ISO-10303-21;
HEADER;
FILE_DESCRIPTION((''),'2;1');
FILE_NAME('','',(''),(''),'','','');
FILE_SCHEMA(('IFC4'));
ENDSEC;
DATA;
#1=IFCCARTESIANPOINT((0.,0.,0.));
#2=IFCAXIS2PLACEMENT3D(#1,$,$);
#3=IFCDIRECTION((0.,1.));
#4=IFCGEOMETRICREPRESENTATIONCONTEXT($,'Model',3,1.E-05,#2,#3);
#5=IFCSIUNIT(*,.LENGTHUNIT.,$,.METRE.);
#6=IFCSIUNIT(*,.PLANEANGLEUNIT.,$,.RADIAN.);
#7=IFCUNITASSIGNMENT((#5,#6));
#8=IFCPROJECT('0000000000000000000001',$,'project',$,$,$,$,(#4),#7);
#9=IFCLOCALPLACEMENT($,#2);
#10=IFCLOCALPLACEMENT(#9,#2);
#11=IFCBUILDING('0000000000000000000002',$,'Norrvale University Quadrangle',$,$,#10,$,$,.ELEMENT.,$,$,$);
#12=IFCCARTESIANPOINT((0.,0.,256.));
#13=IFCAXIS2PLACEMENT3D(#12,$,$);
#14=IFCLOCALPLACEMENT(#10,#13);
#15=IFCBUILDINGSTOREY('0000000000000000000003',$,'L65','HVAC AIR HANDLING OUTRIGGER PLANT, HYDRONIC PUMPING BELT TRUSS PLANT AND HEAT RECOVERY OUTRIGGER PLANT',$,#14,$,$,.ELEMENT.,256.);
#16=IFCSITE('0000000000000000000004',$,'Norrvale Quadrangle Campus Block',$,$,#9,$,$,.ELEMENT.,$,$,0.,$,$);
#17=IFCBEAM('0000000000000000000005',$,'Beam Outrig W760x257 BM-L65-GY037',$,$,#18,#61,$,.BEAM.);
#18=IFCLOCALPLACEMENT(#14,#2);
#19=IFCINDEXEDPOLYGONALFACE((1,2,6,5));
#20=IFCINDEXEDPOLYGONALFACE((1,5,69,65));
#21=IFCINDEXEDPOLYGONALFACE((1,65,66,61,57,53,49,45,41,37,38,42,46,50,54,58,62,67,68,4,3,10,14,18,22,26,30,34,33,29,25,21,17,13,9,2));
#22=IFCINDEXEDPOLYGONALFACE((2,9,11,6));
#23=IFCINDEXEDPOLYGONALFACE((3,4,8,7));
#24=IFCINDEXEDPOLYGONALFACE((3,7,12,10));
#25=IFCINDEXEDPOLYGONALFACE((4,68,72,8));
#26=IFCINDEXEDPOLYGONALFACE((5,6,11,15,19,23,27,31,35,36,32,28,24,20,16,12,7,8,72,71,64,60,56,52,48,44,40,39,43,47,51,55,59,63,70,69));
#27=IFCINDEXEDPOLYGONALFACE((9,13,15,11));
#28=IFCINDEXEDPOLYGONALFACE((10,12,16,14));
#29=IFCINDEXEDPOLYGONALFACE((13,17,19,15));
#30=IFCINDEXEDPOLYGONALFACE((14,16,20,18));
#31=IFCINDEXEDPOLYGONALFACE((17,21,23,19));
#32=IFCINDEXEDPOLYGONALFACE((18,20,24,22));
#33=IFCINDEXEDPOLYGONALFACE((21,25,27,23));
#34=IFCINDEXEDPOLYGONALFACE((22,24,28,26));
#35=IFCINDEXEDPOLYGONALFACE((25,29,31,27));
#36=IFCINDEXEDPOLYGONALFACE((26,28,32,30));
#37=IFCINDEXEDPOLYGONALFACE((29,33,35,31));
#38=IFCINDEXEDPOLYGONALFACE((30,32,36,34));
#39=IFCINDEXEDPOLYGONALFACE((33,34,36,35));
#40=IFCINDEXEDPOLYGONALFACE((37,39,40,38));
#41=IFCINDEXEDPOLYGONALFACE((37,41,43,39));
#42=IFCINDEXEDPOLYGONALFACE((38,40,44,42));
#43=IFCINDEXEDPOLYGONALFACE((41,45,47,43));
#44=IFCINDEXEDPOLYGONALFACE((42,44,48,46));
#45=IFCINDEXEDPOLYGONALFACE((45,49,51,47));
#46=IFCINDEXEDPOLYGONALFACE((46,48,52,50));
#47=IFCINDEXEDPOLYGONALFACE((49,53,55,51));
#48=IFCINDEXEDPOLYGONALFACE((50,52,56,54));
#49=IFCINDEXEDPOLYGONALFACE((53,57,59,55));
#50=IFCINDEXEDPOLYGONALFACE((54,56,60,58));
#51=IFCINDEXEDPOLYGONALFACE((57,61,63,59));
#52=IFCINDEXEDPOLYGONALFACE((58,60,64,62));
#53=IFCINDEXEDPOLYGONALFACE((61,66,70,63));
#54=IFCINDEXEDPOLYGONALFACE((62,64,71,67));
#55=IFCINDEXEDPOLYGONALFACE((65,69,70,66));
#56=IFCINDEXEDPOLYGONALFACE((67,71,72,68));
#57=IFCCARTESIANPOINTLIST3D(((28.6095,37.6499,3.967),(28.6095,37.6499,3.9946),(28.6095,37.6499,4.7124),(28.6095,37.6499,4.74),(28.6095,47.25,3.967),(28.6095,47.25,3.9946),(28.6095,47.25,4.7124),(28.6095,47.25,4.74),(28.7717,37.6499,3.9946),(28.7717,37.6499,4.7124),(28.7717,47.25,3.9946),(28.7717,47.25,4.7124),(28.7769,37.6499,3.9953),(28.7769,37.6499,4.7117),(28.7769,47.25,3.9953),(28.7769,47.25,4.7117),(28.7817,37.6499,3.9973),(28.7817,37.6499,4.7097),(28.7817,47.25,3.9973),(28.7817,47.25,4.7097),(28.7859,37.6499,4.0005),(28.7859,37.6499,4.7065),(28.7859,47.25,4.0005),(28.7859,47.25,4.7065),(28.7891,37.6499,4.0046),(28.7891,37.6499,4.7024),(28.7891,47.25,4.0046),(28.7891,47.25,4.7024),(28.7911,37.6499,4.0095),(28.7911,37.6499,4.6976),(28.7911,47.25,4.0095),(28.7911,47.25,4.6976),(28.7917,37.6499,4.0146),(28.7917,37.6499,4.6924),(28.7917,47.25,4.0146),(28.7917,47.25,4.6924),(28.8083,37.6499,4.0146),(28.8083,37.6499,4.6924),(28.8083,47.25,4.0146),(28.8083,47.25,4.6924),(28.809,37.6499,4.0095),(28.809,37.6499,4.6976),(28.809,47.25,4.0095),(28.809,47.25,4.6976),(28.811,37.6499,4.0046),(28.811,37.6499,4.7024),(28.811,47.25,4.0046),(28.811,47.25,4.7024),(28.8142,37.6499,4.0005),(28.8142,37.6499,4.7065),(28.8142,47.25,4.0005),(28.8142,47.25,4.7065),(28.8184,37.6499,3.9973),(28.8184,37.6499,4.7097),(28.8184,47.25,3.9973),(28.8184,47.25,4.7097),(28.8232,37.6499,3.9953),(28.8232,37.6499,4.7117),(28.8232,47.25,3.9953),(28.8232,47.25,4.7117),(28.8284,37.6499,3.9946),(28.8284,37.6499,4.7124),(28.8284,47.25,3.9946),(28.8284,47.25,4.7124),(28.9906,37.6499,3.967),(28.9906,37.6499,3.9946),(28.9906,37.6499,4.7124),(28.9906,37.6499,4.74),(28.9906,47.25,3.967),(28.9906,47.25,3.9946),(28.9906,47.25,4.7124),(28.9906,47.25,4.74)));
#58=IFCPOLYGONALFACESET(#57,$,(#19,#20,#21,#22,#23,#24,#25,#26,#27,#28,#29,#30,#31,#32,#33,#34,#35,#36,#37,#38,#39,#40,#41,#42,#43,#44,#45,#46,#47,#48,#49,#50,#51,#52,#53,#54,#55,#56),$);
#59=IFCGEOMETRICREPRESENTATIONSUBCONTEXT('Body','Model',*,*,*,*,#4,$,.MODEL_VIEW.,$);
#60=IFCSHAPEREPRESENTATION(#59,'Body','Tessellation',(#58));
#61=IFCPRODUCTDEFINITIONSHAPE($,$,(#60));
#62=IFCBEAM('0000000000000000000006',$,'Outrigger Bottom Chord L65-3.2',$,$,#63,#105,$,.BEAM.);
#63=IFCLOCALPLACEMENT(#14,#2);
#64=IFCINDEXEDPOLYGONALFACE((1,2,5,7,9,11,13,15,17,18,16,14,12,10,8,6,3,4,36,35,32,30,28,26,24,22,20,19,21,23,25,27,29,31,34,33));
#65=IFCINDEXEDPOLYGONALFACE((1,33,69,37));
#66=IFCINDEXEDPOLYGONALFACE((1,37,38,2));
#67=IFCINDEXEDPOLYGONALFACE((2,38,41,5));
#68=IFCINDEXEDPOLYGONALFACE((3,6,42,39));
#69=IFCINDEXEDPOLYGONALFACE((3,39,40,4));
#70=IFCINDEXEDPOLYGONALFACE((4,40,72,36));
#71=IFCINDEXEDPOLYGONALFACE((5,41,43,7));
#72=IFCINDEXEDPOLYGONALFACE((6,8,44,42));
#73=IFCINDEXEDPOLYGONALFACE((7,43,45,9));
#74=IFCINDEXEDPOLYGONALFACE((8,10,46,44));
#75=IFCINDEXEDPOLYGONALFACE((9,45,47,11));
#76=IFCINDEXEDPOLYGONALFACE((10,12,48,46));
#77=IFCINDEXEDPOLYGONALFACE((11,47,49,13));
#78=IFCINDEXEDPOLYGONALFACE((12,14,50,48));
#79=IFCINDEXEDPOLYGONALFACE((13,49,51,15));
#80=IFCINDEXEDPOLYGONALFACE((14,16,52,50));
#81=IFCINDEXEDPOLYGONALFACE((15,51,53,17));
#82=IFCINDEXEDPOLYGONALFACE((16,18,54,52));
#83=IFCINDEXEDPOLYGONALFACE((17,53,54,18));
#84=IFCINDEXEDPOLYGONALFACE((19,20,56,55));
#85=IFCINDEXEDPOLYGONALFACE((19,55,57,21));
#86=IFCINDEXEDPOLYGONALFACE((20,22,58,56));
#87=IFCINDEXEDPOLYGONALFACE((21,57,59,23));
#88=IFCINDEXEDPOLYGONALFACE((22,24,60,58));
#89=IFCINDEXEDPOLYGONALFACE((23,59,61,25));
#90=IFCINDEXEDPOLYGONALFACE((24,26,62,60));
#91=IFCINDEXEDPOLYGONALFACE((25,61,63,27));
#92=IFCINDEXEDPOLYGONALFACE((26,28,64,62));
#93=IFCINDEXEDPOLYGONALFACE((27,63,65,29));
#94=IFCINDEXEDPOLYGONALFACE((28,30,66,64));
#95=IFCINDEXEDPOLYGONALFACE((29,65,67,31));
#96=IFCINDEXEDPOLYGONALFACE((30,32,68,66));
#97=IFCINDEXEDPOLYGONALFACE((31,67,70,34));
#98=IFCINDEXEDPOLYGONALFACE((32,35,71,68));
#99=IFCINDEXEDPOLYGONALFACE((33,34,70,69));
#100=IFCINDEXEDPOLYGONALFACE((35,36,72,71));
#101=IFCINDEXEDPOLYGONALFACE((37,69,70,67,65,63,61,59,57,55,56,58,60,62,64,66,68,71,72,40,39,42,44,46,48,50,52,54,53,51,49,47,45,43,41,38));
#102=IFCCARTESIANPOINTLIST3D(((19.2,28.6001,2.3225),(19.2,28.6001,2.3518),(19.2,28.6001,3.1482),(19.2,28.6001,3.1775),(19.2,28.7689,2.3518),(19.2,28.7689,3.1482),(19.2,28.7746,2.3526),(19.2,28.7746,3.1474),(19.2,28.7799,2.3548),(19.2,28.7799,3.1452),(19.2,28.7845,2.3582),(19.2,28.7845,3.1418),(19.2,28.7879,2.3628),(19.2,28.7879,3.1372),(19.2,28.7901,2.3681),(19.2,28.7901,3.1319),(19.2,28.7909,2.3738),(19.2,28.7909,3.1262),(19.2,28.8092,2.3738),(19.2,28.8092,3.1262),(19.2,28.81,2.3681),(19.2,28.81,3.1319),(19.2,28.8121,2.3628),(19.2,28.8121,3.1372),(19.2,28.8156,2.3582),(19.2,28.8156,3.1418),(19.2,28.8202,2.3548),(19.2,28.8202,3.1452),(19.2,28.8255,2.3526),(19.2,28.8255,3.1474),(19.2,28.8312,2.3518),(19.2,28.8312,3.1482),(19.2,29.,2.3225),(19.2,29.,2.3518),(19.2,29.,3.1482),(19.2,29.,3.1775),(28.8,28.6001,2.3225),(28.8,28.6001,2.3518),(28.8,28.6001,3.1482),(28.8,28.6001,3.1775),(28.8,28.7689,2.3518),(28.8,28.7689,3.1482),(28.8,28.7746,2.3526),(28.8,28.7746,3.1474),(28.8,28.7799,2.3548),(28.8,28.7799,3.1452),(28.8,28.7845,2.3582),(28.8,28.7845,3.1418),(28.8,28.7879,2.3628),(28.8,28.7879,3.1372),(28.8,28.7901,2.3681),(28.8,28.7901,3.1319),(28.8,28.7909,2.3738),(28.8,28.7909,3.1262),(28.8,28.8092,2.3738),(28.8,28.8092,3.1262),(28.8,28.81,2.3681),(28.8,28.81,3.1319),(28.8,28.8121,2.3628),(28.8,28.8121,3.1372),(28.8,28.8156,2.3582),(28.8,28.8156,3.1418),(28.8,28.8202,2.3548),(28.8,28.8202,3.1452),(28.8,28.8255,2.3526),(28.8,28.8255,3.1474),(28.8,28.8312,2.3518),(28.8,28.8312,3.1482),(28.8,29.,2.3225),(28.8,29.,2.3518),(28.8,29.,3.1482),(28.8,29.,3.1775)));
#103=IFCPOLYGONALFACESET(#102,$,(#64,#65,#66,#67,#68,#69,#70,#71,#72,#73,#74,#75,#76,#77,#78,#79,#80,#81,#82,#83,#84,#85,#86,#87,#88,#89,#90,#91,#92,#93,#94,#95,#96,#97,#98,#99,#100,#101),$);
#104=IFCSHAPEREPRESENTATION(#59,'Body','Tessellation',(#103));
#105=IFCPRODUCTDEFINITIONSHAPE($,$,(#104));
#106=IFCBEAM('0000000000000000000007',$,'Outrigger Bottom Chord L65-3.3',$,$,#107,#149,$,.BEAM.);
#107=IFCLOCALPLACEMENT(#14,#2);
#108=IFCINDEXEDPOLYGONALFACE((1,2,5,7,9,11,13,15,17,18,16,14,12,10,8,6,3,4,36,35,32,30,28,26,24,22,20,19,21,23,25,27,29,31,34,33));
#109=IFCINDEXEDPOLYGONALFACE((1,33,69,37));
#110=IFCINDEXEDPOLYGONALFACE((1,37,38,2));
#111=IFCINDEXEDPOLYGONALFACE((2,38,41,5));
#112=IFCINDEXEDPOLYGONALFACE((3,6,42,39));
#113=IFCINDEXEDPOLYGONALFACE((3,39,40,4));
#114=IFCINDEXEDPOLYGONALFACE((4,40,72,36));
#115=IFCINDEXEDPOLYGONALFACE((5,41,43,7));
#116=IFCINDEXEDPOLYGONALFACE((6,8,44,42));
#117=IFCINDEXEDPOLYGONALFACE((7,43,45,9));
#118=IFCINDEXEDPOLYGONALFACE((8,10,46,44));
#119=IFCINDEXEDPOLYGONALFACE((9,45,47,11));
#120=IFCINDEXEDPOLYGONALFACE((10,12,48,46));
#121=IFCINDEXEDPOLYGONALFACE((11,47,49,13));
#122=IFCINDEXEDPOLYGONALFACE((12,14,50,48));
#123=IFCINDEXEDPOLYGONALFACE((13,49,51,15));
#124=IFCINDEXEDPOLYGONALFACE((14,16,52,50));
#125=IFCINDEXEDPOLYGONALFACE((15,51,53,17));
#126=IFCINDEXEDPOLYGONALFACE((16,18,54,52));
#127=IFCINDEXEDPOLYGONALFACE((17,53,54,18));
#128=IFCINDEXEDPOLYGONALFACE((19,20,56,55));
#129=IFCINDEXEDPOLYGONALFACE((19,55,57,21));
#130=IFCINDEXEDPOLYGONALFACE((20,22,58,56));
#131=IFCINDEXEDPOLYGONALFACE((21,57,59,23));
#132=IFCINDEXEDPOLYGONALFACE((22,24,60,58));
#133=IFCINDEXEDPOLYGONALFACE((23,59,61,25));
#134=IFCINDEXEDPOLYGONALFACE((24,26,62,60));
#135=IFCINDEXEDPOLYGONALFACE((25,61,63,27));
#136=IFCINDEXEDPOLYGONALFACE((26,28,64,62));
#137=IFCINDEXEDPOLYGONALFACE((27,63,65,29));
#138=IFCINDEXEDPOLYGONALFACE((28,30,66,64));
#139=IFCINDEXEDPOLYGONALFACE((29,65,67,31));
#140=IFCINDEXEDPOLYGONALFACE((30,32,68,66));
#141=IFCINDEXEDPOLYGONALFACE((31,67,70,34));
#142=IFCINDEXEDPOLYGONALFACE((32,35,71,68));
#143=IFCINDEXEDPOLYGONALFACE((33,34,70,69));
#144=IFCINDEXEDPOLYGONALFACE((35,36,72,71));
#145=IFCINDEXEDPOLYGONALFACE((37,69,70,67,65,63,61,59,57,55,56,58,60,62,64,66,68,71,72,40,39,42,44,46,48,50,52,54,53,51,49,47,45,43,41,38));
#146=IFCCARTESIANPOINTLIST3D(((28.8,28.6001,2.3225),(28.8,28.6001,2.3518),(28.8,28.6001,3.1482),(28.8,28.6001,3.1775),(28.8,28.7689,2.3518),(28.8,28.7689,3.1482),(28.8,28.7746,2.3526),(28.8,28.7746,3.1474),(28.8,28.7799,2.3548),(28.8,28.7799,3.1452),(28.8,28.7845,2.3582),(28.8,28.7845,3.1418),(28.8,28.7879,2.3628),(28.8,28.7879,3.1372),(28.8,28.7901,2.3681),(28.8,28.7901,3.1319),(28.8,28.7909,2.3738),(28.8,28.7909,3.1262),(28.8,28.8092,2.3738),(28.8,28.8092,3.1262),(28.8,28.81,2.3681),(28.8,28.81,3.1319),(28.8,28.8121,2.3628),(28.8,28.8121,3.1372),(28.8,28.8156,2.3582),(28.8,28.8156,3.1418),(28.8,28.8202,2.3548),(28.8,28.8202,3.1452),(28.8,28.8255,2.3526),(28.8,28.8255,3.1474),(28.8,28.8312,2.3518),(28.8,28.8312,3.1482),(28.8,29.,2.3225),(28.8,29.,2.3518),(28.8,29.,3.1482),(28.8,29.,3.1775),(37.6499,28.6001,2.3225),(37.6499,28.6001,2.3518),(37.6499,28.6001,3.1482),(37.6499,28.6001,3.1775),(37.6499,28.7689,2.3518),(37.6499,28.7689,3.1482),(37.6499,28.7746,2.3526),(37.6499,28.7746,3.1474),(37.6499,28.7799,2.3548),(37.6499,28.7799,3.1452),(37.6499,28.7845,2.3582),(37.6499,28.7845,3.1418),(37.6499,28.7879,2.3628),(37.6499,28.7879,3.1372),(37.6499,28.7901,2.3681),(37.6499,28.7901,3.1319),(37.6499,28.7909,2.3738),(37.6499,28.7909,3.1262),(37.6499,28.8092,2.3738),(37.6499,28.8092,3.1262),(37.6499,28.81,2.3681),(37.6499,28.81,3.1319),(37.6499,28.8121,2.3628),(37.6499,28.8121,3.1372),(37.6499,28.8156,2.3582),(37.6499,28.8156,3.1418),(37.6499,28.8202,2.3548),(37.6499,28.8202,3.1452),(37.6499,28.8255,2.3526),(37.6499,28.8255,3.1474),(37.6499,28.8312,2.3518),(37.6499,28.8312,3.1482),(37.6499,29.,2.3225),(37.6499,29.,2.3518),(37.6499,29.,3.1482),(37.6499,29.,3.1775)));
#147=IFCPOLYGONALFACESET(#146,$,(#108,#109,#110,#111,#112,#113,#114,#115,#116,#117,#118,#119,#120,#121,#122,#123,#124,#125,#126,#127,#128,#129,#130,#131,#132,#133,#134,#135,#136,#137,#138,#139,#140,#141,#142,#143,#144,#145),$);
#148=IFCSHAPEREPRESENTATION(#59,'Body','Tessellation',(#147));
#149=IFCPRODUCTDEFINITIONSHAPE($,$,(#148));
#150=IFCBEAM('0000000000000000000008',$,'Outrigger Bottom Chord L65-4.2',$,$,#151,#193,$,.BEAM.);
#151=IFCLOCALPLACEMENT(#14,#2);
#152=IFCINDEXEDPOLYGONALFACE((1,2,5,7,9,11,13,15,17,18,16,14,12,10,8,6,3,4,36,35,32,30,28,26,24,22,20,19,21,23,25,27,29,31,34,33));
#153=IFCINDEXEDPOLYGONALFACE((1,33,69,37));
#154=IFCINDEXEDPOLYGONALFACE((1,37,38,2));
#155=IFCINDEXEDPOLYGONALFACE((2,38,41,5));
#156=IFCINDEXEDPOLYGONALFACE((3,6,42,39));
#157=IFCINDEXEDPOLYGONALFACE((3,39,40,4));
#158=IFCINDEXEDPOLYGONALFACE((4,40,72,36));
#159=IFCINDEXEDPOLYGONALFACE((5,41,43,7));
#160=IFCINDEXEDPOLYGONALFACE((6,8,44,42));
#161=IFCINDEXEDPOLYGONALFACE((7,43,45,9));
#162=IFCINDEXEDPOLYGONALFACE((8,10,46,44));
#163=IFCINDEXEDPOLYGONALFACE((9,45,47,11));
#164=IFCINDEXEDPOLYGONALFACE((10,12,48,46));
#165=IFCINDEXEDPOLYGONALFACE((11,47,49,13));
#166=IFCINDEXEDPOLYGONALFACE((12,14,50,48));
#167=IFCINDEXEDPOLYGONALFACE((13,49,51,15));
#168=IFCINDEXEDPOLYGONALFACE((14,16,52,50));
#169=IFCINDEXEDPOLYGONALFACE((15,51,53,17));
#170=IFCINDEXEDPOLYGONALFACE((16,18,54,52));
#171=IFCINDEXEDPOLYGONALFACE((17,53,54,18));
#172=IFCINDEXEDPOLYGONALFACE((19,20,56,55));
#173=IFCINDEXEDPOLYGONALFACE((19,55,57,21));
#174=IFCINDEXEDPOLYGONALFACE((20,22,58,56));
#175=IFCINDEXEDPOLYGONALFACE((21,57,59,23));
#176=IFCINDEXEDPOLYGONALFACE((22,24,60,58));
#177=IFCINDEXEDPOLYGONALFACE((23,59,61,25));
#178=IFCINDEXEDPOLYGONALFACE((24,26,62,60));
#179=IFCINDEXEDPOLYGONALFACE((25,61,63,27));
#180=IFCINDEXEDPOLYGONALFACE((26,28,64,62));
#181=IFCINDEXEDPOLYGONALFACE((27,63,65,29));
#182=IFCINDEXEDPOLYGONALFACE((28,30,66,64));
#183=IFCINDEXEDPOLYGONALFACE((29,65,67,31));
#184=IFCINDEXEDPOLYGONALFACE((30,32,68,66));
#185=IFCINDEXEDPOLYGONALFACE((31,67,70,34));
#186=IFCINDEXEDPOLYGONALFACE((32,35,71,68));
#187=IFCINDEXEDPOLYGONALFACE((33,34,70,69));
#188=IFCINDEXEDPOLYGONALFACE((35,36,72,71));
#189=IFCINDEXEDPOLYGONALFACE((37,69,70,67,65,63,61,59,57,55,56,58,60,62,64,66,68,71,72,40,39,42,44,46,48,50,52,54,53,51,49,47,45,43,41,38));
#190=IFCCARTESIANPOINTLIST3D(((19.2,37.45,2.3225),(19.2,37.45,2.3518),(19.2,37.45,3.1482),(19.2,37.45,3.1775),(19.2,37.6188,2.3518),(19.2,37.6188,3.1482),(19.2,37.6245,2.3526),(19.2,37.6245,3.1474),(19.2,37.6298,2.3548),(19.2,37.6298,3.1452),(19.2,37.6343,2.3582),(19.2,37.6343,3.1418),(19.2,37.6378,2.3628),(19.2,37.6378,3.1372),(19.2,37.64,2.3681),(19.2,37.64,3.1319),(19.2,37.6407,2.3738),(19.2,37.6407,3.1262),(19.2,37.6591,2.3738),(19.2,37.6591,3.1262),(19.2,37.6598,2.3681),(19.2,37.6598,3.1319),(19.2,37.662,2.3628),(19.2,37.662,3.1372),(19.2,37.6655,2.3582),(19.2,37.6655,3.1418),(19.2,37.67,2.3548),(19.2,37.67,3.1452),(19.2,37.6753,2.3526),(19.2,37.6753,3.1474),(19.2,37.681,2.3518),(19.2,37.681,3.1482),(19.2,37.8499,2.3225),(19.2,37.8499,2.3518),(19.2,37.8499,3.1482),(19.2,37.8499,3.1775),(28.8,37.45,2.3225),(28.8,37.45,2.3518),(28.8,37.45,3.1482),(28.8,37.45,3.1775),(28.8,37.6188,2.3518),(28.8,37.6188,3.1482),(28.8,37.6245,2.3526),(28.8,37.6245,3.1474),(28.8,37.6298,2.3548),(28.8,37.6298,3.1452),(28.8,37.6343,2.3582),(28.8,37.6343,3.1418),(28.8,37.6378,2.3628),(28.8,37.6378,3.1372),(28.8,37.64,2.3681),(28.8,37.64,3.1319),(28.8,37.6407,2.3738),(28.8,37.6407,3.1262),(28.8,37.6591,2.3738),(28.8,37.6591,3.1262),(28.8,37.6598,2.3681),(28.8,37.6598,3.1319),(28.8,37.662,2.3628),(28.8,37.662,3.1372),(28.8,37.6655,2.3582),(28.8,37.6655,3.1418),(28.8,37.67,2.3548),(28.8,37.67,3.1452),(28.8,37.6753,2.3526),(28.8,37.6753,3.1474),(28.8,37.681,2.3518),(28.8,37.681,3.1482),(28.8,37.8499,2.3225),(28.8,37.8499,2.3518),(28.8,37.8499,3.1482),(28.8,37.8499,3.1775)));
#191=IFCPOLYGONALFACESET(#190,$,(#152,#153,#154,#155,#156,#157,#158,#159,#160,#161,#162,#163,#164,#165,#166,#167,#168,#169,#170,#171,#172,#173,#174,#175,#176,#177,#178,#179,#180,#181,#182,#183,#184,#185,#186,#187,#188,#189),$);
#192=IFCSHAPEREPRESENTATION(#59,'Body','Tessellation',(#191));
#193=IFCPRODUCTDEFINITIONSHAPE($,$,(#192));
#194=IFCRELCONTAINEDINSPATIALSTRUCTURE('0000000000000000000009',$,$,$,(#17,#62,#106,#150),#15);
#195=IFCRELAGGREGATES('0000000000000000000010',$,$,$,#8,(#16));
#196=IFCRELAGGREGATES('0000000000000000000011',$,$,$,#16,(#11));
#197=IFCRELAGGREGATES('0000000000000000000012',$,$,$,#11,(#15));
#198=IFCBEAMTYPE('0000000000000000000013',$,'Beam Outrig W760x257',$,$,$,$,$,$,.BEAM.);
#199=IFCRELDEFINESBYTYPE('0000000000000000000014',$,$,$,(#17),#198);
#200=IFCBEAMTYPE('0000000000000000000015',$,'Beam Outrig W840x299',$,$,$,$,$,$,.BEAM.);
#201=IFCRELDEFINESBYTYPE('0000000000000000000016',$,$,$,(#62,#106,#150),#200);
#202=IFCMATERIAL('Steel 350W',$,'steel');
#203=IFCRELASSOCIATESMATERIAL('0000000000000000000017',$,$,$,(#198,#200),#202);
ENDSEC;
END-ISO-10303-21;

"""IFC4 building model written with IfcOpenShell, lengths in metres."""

from ifc_helpers import new_model, si_unit, direction, frame, origin, origin_2d, place, context, subcontext, project, spatial, i_section, extrude, material, material_profile, profile_set, type_object, element, save


model = new_model("IFC4")

# Units and contexts
model_context = context("Model", 3, precision=1e-05, world=origin(), true_north=direction((0.0, 1.0)))
body_context = subcontext(model_context, "Body", "Model", "MODEL_VIEW")
ifc_project = project(units=[si_unit("LENGTHUNIT", "METRE"), si_unit("PLANEANGLEUNIT", "RADIAN")], contexts=[model_context])

# Site, building, storey
site_placement = place(None, origin())
site = spatial("IfcSite", under=ifc_project, at=site_placement, Name="Norrvale Quadrangle Campus Block", CompositionType="ELEMENT", RefElevation=0.0)
building_placement = place(site_placement, origin())
building = spatial("IfcBuilding", under=site, at=building_placement, Name="Norrvale University Quadrangle", CompositionType="ELEMENT")
storey_placement = place(building_placement, frame((0.0, 0.0, 256.0)))
storey = spatial("IfcBuildingStorey", under=building, at=storey_placement, Name="L65", Description="HVAC AIR HANDLING OUTRIGGER PLANT, HYDRONIC PUMPING BELT TRUSS PLANT AND HEAT RECOVERY OUTRIGGER PLANT", CompositionType="ELEMENT", Elevation=256.0)

# Beams
ifc_material_1 = material(Name="Steel 350W", Category="steel")
ifc_material_profile_1 = material_profile(ifc_material_1, i_section(OverallWidth=0.3811, OverallDepth=0.7729, WebThickness=0.0166, FlangeThickness=0.0276, FilletRadius=0.02, at=origin_2d()), Name="Steel 350W")
ifc_profile_set_1 = profile_set([ifc_material_profile_1], Name="Steel 350W")
beam_type_1 = type_object("IfcBeamType", Name="Beam Outrig W760x257", PredefinedType="BEAM", material=ifc_profile_set_1)
beam_1_placement = place(storey_placement, frame((28.8, 37.6499, 4.3535), z_axis=(0.0, 1.0, 0.0), x_axis=(-1.0, 0.0, 0.0)))
element("IfcBeam", 1, at=beam_1_placement, inside=storey, type_object=beam_type_1, Name="Beam Outrig W760x257 BM-L65-GY037", PredefinedType="BEAM", context=body_context, shape_type="SweptSolid", body=[
    extrude(i_section(OverallWidth=0.3811, OverallDepth=0.7729, WebThickness=0.0166, FlangeThickness=0.0276, FilletRadius=0.02, at=origin_2d()), origin(), (0.0, 0.0, 1.0), 9.6001),
])
ifc_material_profile_2 = material_profile(ifc_material_1, i_section(OverallWidth=0.3999, OverallDepth=0.855, WebThickness=0.0183, FlangeThickness=0.0293, FilletRadius=0.022, at=origin_2d()), Name="Steel 350W")
ifc_profile_set_2 = profile_set([ifc_material_profile_2], Name="Steel 350W")
beam_type_2 = type_object("IfcBeamType", Name="Beam Outrig W840x299", PredefinedType="BEAM", material=ifc_profile_set_2)
beam_2_placement = place(storey_placement, frame((19.2, 28.8, 2.75), z_axis=(1.0, 0.0, 0.0), x_axis=(0.0, 1.0, 0.0)))
element("IfcBeam", 2, at=beam_2_placement, inside=storey, type_object=beam_type_2, Name="Outrigger Bottom Chord L65-3.2", PredefinedType="BEAM", context=body_context, shape_type="SweptSolid", body=[
    extrude(i_section(OverallWidth=0.3999, OverallDepth=0.855, WebThickness=0.0183, FlangeThickness=0.0293, FilletRadius=0.022, at=origin_2d()), origin(), (0.0, 0.0, 1.0), 9.6001),
])
beam_3_placement = place(storey_placement, frame((28.8, 28.8, 2.75), z_axis=(1.0, 0.0, 0.0), x_axis=(0.0, 1.0, 0.0)))
element("IfcBeam", 3, at=beam_3_placement, inside=storey, type_object=beam_type_2, Name="Outrigger Bottom Chord L65-3.3", PredefinedType="BEAM", context=body_context, shape_type="SweptSolid", body=[
    extrude(i_section(OverallWidth=0.3999, OverallDepth=0.855, WebThickness=0.0183, FlangeThickness=0.0293, FilletRadius=0.022, at=origin_2d()), origin(), (0.0, 0.0, 1.0), 8.8499),
])
beam_4_placement = place(storey_placement, frame((19.2, 37.6499, 2.75), z_axis=(1.0, 0.0, 0.0), x_axis=(0.0, 1.0, 0.0)))
element("IfcBeam", 4, at=beam_4_placement, inside=storey, type_object=beam_type_2, Name="Outrigger Bottom Chord L65-4.2", PredefinedType="BEAM", context=body_context, shape_type="SweptSolid", body=[
    extrude(i_section(OverallWidth=0.3999, OverallDepth=0.855, WebThickness=0.0183, FlangeThickness=0.0293, FilletRadius=0.022, at=origin_2d()), origin(), (0.0, 0.0, 1.0), 9.6001),
])

save(model, "model.ifc")
